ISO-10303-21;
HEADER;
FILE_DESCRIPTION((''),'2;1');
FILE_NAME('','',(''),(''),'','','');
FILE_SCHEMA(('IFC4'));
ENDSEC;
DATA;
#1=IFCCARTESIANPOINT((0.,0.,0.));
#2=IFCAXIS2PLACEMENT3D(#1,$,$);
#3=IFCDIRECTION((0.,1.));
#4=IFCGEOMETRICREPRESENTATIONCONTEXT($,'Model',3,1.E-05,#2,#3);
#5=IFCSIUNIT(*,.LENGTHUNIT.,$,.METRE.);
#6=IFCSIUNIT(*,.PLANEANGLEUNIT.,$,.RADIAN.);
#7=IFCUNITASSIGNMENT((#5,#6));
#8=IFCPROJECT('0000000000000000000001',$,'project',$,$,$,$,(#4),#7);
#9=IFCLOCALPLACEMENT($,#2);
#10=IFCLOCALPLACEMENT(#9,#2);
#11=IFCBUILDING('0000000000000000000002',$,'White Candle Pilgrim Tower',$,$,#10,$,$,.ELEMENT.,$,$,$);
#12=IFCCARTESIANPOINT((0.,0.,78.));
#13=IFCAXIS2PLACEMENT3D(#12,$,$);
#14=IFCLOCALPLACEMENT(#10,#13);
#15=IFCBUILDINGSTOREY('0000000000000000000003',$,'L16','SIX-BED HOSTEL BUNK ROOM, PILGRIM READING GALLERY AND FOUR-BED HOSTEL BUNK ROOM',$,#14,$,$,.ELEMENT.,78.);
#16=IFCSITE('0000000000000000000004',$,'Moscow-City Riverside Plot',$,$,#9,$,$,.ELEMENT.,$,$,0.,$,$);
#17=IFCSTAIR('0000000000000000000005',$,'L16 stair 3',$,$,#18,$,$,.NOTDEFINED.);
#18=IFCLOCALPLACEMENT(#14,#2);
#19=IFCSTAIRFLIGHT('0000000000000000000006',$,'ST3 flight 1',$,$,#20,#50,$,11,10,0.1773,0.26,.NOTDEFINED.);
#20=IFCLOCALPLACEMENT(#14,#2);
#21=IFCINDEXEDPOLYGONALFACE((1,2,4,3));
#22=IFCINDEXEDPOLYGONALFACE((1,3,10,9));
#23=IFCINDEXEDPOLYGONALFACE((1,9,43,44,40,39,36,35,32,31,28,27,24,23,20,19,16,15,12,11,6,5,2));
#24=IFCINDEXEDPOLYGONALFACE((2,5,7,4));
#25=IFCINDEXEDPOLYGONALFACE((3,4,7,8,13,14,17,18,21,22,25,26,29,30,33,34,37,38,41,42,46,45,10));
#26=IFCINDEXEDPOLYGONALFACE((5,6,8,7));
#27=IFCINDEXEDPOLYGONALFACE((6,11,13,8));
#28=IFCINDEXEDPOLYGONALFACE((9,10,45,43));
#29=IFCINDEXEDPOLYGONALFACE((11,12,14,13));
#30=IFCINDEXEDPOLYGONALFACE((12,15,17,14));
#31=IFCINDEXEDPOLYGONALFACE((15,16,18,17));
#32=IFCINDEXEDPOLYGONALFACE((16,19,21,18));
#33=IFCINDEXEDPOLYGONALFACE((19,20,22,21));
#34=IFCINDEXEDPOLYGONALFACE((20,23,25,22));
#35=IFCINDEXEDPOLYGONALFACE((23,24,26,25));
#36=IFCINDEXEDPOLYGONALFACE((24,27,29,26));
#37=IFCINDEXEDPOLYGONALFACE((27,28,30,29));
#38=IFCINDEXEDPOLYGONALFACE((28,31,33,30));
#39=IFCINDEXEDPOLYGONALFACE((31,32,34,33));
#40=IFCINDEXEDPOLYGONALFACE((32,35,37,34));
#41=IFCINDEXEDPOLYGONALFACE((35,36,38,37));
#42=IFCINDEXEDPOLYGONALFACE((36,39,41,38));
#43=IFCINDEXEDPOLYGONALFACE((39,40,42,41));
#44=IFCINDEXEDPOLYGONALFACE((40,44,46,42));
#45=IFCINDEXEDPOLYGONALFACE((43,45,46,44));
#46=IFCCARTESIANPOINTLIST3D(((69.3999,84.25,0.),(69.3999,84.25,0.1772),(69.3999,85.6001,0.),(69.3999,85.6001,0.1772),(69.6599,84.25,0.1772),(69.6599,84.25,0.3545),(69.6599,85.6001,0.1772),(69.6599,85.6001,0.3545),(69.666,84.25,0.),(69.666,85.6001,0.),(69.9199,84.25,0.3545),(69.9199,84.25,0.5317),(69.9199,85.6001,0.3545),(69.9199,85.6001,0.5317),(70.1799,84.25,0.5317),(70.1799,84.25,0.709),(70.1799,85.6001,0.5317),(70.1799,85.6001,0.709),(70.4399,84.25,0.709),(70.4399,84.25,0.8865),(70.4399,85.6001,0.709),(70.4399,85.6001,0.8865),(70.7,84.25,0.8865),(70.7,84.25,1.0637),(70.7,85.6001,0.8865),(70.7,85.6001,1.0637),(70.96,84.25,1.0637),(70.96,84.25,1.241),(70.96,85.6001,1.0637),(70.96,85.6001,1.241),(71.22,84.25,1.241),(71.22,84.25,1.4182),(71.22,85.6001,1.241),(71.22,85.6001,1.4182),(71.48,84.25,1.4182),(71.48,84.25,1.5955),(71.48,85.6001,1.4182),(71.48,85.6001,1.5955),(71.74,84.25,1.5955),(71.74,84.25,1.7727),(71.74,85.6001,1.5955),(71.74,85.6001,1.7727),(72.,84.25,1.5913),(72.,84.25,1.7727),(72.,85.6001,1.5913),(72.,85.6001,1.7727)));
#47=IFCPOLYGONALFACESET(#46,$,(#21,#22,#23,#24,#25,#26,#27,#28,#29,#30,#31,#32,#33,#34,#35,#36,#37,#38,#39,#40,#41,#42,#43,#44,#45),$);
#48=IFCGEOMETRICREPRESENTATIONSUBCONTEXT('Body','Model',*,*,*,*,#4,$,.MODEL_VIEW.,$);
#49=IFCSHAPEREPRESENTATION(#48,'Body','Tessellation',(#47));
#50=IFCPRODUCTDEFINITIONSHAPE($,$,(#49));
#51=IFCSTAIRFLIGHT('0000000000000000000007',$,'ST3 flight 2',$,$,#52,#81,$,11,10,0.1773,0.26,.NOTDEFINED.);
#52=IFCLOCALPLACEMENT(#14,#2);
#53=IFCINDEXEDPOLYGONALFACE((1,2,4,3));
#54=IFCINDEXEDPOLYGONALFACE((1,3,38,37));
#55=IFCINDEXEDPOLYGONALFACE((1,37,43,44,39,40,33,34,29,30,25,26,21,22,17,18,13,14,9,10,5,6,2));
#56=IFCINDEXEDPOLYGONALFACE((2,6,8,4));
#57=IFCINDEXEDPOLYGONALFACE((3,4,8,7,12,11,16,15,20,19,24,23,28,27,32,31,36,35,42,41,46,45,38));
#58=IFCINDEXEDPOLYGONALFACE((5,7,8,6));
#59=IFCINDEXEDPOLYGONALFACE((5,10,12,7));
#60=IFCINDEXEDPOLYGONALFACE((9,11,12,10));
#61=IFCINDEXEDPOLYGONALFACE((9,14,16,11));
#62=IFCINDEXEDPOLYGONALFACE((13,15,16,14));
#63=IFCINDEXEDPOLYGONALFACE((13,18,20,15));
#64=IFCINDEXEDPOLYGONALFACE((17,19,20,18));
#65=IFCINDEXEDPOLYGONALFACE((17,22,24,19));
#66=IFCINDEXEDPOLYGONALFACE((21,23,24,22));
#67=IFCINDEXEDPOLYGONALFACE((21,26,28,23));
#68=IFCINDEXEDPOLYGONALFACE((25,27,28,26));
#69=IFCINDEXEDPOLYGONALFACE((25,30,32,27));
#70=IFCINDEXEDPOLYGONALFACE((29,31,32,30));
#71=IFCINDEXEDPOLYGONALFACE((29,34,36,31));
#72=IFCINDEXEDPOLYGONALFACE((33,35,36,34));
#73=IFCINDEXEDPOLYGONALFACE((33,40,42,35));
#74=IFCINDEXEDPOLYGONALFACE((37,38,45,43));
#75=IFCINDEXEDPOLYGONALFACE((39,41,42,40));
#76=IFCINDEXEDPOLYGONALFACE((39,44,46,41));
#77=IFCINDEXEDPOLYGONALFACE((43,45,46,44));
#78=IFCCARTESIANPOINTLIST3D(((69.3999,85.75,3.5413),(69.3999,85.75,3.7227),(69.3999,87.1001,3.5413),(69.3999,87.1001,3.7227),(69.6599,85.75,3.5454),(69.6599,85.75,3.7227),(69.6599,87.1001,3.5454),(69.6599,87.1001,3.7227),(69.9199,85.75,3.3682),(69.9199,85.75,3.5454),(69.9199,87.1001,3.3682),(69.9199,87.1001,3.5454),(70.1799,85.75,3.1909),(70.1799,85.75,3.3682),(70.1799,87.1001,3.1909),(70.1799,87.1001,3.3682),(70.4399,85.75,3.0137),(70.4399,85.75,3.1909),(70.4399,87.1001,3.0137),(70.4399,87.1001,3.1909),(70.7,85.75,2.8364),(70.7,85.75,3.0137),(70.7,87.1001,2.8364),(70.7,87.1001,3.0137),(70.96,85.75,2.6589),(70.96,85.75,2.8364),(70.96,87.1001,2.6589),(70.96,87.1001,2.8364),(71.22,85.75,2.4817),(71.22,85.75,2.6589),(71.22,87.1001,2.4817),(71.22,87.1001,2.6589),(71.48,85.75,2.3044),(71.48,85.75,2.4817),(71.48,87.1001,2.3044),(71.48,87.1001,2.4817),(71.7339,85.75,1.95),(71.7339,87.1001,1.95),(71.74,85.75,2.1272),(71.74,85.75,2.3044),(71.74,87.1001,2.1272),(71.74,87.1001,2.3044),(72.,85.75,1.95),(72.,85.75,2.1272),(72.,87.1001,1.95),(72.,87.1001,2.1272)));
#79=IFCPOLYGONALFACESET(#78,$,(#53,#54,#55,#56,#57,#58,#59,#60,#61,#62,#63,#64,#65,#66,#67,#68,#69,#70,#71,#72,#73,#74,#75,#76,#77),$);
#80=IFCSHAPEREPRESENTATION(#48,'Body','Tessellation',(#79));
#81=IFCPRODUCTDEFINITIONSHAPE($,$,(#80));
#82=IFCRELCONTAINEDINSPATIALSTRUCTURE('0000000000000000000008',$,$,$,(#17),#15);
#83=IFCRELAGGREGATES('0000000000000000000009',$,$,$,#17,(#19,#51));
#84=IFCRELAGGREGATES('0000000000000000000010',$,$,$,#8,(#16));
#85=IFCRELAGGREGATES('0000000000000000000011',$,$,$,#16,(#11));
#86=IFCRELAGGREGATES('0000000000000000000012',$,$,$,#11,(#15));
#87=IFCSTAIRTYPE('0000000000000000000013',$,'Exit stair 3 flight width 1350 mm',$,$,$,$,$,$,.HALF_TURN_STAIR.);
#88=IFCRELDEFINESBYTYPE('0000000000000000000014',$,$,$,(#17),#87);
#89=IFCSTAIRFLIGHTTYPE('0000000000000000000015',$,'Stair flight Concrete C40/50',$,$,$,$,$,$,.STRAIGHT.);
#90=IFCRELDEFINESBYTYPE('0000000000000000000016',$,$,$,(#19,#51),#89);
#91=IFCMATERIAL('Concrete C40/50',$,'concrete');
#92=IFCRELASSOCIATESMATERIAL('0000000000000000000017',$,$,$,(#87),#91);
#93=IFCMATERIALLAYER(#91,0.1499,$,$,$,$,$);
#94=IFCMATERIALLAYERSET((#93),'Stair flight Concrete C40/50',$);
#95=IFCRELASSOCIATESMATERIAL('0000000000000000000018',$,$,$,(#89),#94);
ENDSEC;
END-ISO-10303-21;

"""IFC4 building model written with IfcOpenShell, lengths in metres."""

from ifc_helpers import new_model, si_unit, direction, frame, origin, place, context, subcontext, project, spatial, polyline, outline, extrude, material, layer, layer_set, type_object, element, aggregate, save


model = new_model("IFC4")

# Units and contexts
model_context = context("Model", 3, precision=1e-05, world=origin(), true_north=direction((0.0, 1.0)))
body_context = subcontext(model_context, "Body", "Model", "MODEL_VIEW")
ifc_project = project(units=[si_unit("LENGTHUNIT", "METRE"), si_unit("PLANEANGLEUNIT", "RADIAN")], contexts=[model_context])

# Site, building, storey
site_placement = place(None, origin())
site = spatial("IfcSite", under=ifc_project, at=site_placement, Name="Moscow-City Riverside Plot", CompositionType="ELEMENT", RefElevation=0.0)
building_placement = place(site_placement, origin())
building = spatial("IfcBuilding", under=site, at=building_placement, Name="White Candle Pilgrim Tower", CompositionType="ELEMENT")
storey_placement = place(building_placement, frame((0.0, 0.0, 78.0)))
storey = spatial("IfcBuildingStorey", under=building, at=storey_placement, Name="L16", Description="SIX-BED HOSTEL BUNK ROOM, PILGRIM READING GALLERY AND FOUR-BED HOSTEL BUNK ROOM", CompositionType="ELEMENT", Elevation=78.0)

# Stair, stair flights
ifc_material_1 = material(Name="Concrete C40/50", Category="concrete")
stair_type = type_object("IfcStairType", Name="Exit stair 3 flight width 1350 mm", PredefinedType="HALF_TURN_STAIR", material=ifc_material_1)
stair_placement = place(storey_placement, origin())
stair = element("IfcStair", 1, at=stair_placement, inside=storey, type_object=stair_type, Name="L16 stair 3", PredefinedType="NOTDEFINED")
ifc_layer_1 = layer(ifc_material_1, 0.1499)
ifc_layer_set_1 = layer_set([ifc_layer_1], Name="Stair flight Concrete C40/50")
stair_flight_type = type_object("IfcStairFlightType", Name="Stair flight Concrete C40/50", PredefinedType="STRAIGHT", material=ifc_layer_set_1)
stair_flight_1_placement = place(storey_placement, frame((69.3999, 84.925, 0.0), z_axis=(0.0, 0.0, 1.0), x_axis=(1.0, 0.0, 0.0)))
stair_flight_1 = element("IfcStairFlight", 2, at=stair_flight_1_placement, type_object=stair_flight_type, Name="ST3 flight 1", NumberOfRisers=11, NumberOfTreads=10, PredefinedType="NOTDEFINED", RiserHeight=0.1773, TreadLength=0.26, context=body_context, shape_type="SweptSolid", body=[
    extrude(outline(polyline([(0.0, 0.0), (0.0, 0.1772), (0.26, 0.1772), (0.26, 0.3545), (0.52, 0.3545), (0.52, 0.5317), (0.78, 0.5317), (0.78, 0.709), (1.04, 0.709), (1.04, 0.8865), (1.3, 0.8865), (1.3, 1.0637), (1.5601, 1.0637), (1.5601, 1.241), (1.8201, 1.241), (1.8201, 1.4182), (2.0801, 1.4182), (2.0801, 1.5955), (2.3401, 1.5955), (2.3401, 1.7727), (2.6001, 1.7727), (2.6001, 1.95), (2.6001, 1.5913), (0.2661, 0.0), (0.0, 0.0)])), frame((0.0, 0.675, 0.0), z_axis=(0.0, -1.0, 0.0), x_axis=(1.0, 0.0, 0.0)), (0.0, 0.0, 1.0), 1.3501),
])
stair_flight_2_placement = place(storey_placement, frame((72.0, 86.425, 1.95), z_axis=(0.0, 0.0, 1.0), x_axis=(-1.0, 0.0, 0.0)))
stair_flight_2 = element("IfcStairFlight", 3, at=stair_flight_2_placement, type_object=stair_flight_type, Name="ST3 flight 2", NumberOfRisers=11, NumberOfTreads=10, PredefinedType="NOTDEFINED", RiserHeight=0.1773, TreadLength=0.26, context=body_context, shape_type="SweptSolid", body=[
    extrude(outline(polyline([(0.0, 0.0), (0.0, 0.1772), (0.26, 0.1772), (0.26, 0.3545), (0.52, 0.3545), (0.52, 0.5317), (0.78, 0.5317), (0.78, 0.709), (1.04, 0.709), (1.04, 0.8865), (1.3, 0.8865), (1.3, 1.0637), (1.5601, 1.0637), (1.5601, 1.241), (1.8201, 1.241), (1.8201, 1.4182), (2.0801, 1.4182), (2.0801, 1.5955), (2.3401, 1.5955), (2.3401, 1.7727), (2.6001, 1.7727), (2.6001, 1.95), (2.6001, 1.5913), (0.2661, 0.0), (0.0, 0.0)])), frame((0.0, 0.675, 0.0), z_axis=(0.0, -1.0, 0.0), x_axis=(1.0, 0.0, 0.0)), (0.0, 0.0, 1.0), 1.3501),
])
aggregate(stair, [stair_flight_1, stair_flight_2])

save(model, "model.ifc")
